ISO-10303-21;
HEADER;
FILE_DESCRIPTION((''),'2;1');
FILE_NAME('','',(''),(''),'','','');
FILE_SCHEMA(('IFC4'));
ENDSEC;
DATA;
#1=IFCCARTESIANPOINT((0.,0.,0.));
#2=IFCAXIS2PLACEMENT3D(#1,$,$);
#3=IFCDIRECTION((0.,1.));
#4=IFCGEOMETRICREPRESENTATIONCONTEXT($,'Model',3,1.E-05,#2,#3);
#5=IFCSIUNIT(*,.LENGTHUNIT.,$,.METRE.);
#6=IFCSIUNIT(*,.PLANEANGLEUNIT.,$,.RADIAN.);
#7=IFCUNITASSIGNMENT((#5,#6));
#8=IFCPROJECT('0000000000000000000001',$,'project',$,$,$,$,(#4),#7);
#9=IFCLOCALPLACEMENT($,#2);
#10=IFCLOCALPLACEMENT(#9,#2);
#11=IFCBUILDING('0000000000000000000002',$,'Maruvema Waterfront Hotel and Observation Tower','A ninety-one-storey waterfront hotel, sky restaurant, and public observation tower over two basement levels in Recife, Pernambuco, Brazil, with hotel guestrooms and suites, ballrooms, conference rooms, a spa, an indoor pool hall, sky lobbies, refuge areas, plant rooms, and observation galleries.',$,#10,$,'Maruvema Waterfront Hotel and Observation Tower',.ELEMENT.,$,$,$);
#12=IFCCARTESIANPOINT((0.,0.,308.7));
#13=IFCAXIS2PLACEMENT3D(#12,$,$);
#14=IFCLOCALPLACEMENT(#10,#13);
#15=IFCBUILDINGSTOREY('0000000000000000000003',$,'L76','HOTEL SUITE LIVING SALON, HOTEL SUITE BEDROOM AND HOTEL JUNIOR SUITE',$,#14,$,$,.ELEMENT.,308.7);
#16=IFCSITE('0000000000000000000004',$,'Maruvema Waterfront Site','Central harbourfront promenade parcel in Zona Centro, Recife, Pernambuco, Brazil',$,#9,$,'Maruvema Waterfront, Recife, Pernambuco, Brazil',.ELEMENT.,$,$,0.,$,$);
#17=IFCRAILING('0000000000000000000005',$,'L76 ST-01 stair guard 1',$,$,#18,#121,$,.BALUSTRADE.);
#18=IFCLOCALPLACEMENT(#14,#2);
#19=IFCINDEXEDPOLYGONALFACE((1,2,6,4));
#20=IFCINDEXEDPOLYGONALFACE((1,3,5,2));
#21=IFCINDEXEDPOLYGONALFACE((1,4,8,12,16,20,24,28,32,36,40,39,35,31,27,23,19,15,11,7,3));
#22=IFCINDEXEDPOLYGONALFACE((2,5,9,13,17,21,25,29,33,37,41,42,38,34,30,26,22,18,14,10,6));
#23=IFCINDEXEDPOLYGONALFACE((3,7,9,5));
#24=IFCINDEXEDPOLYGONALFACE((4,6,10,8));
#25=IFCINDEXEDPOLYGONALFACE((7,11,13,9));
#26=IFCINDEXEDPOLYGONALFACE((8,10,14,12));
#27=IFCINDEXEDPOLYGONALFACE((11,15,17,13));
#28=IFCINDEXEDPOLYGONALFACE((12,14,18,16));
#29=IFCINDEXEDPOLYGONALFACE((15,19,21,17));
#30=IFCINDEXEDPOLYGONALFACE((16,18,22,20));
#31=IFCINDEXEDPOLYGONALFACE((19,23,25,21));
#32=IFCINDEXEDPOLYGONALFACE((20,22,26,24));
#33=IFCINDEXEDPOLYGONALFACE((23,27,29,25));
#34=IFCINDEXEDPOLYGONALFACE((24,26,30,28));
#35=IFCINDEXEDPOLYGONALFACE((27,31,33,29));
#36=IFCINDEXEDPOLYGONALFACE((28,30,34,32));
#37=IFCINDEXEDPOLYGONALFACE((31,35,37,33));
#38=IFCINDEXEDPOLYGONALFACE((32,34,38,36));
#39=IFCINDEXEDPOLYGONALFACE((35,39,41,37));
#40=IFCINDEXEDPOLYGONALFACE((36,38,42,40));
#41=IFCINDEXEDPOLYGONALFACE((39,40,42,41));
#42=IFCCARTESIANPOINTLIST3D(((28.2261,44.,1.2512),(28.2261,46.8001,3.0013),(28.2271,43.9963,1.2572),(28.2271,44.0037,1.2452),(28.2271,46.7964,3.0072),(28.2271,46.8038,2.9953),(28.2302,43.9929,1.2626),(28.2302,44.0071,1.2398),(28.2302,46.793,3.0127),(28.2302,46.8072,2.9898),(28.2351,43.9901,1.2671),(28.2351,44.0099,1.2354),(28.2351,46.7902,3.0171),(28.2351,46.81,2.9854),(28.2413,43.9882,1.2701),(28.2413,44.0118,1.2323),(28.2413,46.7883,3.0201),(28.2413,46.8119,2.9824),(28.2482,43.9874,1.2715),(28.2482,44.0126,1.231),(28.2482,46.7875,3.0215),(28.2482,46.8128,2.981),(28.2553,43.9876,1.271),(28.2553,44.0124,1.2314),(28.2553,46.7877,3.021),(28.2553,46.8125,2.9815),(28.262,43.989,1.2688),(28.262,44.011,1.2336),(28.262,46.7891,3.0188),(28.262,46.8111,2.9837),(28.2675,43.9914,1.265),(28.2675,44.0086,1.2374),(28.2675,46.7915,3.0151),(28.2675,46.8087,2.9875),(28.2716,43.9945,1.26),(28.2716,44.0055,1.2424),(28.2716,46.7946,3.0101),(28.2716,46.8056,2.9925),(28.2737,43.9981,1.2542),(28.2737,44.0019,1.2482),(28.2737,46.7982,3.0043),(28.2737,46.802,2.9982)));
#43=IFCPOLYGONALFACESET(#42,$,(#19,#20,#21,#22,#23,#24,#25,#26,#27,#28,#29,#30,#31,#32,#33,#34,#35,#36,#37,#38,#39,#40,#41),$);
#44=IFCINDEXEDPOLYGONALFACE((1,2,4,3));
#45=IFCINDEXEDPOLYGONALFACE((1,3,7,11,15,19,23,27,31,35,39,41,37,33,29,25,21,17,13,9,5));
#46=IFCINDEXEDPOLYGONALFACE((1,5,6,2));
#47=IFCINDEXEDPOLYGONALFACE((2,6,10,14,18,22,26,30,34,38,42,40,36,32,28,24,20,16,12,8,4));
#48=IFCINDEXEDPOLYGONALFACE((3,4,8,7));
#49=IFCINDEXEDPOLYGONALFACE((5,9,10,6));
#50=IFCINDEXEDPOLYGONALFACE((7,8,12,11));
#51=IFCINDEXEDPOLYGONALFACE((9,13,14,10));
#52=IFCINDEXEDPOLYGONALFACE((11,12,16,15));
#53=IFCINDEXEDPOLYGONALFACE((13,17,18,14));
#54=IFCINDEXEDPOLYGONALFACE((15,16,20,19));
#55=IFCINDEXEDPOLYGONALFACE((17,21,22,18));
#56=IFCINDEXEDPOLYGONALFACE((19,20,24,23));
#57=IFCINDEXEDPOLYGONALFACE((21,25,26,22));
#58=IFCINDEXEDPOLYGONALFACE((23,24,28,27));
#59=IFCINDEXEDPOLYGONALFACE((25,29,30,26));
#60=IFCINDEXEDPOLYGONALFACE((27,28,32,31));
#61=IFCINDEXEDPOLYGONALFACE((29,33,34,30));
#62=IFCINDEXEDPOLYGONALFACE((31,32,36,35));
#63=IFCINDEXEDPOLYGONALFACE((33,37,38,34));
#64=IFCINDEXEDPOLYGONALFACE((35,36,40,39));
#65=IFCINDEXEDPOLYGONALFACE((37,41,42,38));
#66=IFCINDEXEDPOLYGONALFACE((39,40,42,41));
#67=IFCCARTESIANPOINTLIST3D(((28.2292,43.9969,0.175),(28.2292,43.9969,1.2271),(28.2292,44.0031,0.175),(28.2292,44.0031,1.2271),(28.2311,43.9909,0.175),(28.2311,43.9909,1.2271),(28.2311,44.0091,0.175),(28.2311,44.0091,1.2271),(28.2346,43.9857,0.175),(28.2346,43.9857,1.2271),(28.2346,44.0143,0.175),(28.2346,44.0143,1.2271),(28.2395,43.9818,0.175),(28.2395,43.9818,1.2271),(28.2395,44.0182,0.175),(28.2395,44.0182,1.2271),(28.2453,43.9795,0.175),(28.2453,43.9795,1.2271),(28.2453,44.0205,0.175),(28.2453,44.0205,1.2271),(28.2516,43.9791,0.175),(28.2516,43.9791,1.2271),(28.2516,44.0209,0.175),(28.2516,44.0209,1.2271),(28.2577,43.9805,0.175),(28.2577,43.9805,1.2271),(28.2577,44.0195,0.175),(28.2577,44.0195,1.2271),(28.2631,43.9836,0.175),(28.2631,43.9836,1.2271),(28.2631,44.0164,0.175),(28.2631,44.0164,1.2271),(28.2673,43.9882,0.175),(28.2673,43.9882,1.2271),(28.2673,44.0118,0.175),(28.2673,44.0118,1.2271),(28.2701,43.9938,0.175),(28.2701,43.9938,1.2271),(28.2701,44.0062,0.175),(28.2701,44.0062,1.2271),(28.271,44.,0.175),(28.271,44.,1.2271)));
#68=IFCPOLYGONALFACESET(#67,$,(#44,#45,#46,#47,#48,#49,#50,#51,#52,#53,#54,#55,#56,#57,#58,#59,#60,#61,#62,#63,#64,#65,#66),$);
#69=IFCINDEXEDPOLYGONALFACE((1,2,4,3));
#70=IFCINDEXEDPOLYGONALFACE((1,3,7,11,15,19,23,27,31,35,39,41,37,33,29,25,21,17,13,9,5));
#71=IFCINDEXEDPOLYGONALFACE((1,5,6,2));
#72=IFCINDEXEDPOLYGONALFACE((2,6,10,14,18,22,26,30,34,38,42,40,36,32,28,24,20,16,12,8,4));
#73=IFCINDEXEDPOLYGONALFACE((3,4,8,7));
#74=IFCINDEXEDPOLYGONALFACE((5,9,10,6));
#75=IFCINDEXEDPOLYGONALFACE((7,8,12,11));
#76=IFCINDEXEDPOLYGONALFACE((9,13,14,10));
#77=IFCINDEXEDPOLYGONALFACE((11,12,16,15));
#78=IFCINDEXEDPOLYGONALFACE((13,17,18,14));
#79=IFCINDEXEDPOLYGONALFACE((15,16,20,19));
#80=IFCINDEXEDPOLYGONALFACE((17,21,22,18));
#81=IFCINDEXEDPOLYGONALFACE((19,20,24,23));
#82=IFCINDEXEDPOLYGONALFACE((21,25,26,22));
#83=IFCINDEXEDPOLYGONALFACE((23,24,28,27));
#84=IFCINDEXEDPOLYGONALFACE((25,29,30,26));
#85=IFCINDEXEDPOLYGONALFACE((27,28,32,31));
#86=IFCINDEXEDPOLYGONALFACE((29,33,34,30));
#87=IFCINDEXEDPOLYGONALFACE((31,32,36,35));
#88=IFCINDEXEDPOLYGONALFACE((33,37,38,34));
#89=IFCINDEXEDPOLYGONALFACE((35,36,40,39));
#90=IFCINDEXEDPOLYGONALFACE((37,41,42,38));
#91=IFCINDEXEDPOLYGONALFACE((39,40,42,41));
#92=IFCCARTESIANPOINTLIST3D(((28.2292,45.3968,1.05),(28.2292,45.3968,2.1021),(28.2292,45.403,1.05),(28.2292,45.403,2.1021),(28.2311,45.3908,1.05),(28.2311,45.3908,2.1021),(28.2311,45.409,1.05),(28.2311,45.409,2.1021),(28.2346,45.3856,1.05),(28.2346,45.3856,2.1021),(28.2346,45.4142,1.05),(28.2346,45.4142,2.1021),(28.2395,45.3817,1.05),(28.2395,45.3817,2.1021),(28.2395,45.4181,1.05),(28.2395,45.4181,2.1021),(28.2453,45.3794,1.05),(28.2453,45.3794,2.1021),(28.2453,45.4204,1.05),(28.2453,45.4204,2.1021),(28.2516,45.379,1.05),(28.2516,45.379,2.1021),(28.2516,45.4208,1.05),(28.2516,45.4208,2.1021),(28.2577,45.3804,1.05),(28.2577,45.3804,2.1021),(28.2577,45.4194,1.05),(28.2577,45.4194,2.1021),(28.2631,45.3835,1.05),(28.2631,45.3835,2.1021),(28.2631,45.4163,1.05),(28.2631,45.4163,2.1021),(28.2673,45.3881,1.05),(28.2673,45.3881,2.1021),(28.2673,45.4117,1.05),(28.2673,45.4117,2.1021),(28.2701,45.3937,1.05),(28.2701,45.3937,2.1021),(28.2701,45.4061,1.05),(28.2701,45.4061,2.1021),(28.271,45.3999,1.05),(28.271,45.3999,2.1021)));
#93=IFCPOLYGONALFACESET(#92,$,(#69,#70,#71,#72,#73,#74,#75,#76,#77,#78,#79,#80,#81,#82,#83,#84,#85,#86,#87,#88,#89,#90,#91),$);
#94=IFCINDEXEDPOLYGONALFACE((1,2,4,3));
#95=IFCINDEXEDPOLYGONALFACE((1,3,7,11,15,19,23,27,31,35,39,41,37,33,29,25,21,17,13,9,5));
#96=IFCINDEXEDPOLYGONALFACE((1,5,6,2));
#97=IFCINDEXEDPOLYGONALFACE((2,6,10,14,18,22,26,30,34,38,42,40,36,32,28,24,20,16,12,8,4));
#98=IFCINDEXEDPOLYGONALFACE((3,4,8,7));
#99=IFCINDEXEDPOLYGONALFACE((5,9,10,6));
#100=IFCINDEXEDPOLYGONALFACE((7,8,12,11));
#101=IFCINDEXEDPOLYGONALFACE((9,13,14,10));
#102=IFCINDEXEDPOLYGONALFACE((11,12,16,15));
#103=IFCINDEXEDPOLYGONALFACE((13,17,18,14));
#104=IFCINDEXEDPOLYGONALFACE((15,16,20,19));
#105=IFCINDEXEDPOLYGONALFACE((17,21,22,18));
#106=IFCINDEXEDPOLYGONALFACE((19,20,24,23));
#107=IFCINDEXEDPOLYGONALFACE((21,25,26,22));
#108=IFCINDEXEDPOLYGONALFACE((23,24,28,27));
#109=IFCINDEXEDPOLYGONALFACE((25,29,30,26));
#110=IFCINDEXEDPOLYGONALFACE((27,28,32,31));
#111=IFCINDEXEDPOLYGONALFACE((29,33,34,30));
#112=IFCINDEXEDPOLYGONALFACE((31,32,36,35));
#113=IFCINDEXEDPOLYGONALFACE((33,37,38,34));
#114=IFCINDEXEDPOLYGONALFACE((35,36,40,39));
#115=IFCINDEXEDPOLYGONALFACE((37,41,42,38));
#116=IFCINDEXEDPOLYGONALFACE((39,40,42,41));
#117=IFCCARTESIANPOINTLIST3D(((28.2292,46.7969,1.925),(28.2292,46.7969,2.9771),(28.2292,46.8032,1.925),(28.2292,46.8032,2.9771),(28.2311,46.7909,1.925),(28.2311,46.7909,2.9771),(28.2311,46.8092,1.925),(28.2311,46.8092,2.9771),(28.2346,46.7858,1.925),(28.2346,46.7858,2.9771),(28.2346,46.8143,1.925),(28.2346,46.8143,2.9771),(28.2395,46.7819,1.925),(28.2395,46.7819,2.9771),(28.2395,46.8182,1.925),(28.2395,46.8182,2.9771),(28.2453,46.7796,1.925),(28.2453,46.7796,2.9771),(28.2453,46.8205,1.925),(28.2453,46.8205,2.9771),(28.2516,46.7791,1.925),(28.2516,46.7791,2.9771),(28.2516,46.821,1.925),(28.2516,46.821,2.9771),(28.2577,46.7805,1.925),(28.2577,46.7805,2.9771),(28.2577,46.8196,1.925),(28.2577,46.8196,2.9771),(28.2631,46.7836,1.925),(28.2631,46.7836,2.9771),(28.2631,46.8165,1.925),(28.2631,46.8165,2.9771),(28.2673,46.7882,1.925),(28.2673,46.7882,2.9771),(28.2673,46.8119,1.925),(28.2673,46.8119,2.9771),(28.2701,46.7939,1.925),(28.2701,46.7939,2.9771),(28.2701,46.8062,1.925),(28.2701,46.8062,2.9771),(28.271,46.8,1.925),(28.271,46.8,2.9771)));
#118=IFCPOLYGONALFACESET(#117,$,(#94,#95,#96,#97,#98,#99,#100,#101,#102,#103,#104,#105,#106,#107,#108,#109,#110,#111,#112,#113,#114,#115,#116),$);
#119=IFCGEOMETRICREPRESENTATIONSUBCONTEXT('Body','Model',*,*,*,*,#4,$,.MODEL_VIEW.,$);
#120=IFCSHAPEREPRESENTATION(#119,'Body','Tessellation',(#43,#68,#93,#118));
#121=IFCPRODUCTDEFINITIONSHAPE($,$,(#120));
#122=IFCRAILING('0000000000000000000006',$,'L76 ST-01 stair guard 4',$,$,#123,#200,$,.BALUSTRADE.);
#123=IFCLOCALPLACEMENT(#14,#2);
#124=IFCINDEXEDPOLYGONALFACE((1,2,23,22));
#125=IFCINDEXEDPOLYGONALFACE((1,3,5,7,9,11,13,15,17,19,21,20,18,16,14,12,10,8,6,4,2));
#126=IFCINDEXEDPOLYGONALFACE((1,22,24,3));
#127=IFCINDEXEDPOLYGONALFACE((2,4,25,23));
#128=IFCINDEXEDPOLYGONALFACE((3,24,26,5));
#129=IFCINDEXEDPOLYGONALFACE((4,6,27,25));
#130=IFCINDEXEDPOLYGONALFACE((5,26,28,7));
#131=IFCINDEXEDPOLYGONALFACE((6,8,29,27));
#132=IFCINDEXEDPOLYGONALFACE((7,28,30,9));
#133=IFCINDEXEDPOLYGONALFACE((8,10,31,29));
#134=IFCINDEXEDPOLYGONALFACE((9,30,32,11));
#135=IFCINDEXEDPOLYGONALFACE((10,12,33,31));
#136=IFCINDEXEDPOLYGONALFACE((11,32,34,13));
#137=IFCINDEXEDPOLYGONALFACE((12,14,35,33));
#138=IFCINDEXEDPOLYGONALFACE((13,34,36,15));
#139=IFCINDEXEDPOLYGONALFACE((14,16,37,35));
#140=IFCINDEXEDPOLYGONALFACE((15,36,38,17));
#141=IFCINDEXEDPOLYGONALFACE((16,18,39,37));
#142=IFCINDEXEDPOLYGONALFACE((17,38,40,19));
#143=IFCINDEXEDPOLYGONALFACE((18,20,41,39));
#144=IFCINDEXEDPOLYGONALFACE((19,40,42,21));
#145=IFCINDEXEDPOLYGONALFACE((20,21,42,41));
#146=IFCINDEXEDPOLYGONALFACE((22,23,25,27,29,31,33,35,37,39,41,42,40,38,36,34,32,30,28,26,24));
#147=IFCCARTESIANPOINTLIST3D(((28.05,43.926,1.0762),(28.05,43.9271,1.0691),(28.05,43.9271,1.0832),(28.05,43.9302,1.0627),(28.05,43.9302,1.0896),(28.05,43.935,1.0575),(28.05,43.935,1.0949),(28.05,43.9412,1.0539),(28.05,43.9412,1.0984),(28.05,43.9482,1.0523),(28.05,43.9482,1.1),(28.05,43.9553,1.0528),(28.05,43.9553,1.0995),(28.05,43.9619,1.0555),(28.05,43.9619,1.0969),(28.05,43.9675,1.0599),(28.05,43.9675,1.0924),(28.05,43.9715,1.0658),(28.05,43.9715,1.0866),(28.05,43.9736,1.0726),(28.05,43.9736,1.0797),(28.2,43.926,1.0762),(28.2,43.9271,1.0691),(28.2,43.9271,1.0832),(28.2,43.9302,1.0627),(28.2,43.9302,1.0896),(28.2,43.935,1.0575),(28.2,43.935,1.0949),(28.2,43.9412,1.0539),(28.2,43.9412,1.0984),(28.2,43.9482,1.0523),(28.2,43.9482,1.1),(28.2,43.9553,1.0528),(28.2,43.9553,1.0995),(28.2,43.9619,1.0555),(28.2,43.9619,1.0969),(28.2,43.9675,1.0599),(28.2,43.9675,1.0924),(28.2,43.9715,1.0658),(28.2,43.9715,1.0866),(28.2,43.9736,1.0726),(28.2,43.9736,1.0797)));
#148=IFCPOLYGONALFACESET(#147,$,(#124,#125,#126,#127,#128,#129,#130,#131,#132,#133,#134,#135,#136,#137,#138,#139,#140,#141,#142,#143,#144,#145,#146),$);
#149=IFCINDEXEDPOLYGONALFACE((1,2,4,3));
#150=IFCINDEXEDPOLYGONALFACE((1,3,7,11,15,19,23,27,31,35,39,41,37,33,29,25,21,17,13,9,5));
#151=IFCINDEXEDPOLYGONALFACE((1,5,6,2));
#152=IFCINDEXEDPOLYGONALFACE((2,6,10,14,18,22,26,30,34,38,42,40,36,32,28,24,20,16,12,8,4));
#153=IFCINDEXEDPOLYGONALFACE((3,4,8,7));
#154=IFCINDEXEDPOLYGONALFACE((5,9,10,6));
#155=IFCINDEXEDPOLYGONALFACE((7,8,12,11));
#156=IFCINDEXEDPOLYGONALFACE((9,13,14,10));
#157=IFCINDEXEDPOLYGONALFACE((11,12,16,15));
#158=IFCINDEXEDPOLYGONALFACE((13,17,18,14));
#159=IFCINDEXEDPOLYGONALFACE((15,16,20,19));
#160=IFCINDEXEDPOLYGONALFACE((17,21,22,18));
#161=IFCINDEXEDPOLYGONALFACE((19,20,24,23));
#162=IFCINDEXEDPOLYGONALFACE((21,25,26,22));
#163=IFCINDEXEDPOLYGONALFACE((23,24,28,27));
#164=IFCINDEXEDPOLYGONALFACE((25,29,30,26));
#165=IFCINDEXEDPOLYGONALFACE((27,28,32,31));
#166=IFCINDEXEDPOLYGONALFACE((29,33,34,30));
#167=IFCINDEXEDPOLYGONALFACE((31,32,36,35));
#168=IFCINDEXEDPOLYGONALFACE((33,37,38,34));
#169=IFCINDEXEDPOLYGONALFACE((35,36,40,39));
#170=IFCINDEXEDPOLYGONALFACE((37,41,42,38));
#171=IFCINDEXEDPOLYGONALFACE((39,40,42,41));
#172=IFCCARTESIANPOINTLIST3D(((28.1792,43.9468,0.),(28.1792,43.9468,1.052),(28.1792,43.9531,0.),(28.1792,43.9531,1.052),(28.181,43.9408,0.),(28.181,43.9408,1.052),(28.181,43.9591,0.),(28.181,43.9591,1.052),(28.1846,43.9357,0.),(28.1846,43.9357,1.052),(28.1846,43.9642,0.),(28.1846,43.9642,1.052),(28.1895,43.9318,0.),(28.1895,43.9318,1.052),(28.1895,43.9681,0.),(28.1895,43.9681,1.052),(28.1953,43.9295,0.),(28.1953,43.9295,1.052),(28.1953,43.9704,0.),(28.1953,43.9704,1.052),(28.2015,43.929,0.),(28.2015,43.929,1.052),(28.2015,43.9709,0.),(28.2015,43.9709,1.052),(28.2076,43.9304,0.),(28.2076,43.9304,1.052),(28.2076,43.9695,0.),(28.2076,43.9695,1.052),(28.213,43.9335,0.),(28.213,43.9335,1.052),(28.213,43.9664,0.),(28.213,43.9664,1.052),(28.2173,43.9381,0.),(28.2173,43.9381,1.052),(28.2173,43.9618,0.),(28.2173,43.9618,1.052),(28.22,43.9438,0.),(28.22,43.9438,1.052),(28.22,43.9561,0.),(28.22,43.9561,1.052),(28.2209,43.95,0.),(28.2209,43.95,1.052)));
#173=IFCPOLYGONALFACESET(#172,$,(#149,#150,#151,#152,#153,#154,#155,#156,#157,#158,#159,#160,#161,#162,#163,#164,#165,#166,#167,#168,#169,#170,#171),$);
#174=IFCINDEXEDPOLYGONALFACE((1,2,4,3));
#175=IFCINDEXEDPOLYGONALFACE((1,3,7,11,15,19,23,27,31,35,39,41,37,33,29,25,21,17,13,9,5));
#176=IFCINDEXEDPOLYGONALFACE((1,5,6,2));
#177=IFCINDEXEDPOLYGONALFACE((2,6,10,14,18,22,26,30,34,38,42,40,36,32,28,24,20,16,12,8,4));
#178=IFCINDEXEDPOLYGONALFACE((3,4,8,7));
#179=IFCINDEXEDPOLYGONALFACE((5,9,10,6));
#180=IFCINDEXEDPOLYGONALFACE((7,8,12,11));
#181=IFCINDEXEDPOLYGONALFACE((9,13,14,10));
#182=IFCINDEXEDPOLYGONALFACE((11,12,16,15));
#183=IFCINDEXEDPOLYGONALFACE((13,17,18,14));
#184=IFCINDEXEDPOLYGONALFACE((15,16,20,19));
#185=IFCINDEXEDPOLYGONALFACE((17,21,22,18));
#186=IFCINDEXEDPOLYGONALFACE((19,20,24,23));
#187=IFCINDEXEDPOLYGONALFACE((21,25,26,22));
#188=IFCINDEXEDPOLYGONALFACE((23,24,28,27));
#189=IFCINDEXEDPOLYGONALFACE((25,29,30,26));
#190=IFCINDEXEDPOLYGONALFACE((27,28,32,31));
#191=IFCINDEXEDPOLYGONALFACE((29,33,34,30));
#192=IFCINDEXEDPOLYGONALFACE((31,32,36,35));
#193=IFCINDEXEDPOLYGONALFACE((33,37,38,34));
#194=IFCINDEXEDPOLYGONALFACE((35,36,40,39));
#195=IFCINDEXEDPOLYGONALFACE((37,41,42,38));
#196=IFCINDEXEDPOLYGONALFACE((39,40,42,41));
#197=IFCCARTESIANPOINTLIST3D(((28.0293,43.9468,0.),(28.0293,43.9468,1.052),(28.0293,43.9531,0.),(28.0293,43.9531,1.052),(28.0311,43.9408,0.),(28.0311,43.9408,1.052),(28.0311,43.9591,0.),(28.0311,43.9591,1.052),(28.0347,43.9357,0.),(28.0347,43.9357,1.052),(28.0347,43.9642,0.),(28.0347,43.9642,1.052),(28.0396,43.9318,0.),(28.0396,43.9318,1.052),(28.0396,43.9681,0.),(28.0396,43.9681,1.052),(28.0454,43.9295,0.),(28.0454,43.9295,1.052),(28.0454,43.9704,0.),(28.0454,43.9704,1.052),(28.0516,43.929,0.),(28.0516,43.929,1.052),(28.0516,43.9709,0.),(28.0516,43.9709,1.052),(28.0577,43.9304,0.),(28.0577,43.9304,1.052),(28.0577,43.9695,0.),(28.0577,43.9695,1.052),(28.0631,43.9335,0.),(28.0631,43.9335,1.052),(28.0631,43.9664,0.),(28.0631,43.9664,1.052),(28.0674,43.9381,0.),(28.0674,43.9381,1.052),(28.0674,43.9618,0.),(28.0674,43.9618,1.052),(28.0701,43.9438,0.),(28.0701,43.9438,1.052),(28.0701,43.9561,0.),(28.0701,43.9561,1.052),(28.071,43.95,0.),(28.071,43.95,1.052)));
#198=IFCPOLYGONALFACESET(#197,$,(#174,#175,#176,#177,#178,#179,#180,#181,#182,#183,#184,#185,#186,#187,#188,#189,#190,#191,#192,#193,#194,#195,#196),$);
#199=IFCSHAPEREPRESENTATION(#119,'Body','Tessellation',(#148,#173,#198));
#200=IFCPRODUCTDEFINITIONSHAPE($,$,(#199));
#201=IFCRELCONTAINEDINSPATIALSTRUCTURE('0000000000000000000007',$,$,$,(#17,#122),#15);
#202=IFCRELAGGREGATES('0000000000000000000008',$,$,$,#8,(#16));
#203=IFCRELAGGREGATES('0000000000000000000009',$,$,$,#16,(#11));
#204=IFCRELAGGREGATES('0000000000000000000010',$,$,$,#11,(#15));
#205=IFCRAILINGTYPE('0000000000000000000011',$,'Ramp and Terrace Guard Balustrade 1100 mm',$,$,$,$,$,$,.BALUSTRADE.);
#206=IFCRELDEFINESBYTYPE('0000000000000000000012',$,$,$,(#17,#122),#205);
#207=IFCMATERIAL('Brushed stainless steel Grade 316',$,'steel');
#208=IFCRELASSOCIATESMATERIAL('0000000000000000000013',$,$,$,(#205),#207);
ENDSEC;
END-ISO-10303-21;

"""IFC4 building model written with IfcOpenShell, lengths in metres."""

from ifc_helpers import new_model, si_unit, direction, frame, origin, origin_2d, place, context, subcontext, project, spatial, circle, extrude, material, type_object, element, save


model = new_model("IFC4")

# Units and contexts
model_context = context("Model", 3, precision=1e-05, world=origin(), true_north=direction((0.0, 1.0)))
body_context = subcontext(model_context, "Body", "Model", "MODEL_VIEW")
ifc_project = project(units=[si_unit("LENGTHUNIT", "METRE"), si_unit("PLANEANGLEUNIT", "RADIAN")], contexts=[model_context])

# Site, building, storey
site_placement = place(None, origin())
site = spatial("IfcSite", under=ifc_project, at=site_placement, Name="Maruvema Waterfront Site", Description="Central harbourfront promenade parcel in Zona Centro, Recife, Pernambuco, Brazil", LongName="Maruvema Waterfront, Recife, Pernambuco, Brazil", CompositionType="ELEMENT", RefElevation=0.0)
building_placement = place(site_placement, origin())
building = spatial("IfcBuilding", under=site, at=building_placement, Name="Maruvema Waterfront Hotel and Observation Tower", Description="A ninety-one-storey waterfront hotel, sky restaurant, and public observation tower over two basement levels in Recife, Pernambuco, Brazil, with hotel guestrooms and suites, ballrooms, conference rooms, a spa, an indoor pool hall, sky lobbies, refuge areas, plant rooms, and observation galleries.", LongName="Maruvema Waterfront Hotel and Observation Tower", CompositionType="ELEMENT")
storey_placement = place(building_placement, frame((0.0, 0.0, 308.7)))
storey = spatial("IfcBuildingStorey", under=building, at=storey_placement, Name="L76", Description="HOTEL SUITE LIVING SALON, HOTEL SUITE BEDROOM AND HOTEL JUNIOR SUITE", CompositionType="ELEMENT", Elevation=308.7)

# Railings
ifc_material_1 = material(Name="Brushed stainless steel Grade 316", Category="steel")
railing_type_1 = type_object("IfcRailingType", Name="Ramp and Terrace Guard Balustrade 1100 mm", PredefinedType="BALUSTRADE", material=ifc_material_1)
railing_1_placement = place(storey_placement, frame((28.25, 44.0, 0.175)))
element("IfcRailing", 1, at=railing_1_placement, inside=storey, type_object=railing_type_1, Name="L76 ST-01 stair guard 1", PredefinedType="BALUSTRADE", context=body_context, shape_type="SweptSolid", body=[
    extrude(circle(Radius=0.0239, at=origin_2d()), frame((0.0, 0.0, 1.0762), z_axis=(0.0, 0.848002, 0.529992), x_axis=(-1.0, 0.0, 0.0)), (0.0, 0.0, 1.0), 3.302),
    extrude(circle(Radius=0.021, at=origin_2d()), origin(), (0.0, 0.0, 1.0), 1.052),
    extrude(circle(Radius=0.021, at=origin_2d()), frame((0.0, 1.3999, 0.875)), (0.0, 0.0, 1.0), 1.052),
    extrude(circle(Radius=0.021, at=origin_2d()), frame((0.0, 2.8, 1.75)), (0.0, 0.0, 1.0), 1.052),
])
railing_2_placement = place(storey_placement, frame((28.2, 43.95, 0.0)))
element("IfcRailing", 2, at=railing_2_placement, inside=storey, type_object=railing_type_1, Name="L76 ST-01 stair guard 4", PredefinedType="BALUSTRADE", context=body_context, shape_type="SweptSolid", body=[
    extrude(circle(Radius=0.0239, at=origin_2d()), frame((0.0, 0.0, 1.0762), z_axis=(-1.0, 0.0, 0.0), x_axis=(0.0, -1.0, 0.0)), (0.0, 0.0, 1.0), 0.1499),
    extrude(circle(Radius=0.021, at=origin_2d()), origin(), (0.0, 0.0, 1.0), 1.052),
    extrude(circle(Radius=0.021, at=origin_2d()), frame((-0.1499, 0.0, 0.0)), (0.0, 0.0, 1.0), 1.052),
])

save(model, "model.ifc")
